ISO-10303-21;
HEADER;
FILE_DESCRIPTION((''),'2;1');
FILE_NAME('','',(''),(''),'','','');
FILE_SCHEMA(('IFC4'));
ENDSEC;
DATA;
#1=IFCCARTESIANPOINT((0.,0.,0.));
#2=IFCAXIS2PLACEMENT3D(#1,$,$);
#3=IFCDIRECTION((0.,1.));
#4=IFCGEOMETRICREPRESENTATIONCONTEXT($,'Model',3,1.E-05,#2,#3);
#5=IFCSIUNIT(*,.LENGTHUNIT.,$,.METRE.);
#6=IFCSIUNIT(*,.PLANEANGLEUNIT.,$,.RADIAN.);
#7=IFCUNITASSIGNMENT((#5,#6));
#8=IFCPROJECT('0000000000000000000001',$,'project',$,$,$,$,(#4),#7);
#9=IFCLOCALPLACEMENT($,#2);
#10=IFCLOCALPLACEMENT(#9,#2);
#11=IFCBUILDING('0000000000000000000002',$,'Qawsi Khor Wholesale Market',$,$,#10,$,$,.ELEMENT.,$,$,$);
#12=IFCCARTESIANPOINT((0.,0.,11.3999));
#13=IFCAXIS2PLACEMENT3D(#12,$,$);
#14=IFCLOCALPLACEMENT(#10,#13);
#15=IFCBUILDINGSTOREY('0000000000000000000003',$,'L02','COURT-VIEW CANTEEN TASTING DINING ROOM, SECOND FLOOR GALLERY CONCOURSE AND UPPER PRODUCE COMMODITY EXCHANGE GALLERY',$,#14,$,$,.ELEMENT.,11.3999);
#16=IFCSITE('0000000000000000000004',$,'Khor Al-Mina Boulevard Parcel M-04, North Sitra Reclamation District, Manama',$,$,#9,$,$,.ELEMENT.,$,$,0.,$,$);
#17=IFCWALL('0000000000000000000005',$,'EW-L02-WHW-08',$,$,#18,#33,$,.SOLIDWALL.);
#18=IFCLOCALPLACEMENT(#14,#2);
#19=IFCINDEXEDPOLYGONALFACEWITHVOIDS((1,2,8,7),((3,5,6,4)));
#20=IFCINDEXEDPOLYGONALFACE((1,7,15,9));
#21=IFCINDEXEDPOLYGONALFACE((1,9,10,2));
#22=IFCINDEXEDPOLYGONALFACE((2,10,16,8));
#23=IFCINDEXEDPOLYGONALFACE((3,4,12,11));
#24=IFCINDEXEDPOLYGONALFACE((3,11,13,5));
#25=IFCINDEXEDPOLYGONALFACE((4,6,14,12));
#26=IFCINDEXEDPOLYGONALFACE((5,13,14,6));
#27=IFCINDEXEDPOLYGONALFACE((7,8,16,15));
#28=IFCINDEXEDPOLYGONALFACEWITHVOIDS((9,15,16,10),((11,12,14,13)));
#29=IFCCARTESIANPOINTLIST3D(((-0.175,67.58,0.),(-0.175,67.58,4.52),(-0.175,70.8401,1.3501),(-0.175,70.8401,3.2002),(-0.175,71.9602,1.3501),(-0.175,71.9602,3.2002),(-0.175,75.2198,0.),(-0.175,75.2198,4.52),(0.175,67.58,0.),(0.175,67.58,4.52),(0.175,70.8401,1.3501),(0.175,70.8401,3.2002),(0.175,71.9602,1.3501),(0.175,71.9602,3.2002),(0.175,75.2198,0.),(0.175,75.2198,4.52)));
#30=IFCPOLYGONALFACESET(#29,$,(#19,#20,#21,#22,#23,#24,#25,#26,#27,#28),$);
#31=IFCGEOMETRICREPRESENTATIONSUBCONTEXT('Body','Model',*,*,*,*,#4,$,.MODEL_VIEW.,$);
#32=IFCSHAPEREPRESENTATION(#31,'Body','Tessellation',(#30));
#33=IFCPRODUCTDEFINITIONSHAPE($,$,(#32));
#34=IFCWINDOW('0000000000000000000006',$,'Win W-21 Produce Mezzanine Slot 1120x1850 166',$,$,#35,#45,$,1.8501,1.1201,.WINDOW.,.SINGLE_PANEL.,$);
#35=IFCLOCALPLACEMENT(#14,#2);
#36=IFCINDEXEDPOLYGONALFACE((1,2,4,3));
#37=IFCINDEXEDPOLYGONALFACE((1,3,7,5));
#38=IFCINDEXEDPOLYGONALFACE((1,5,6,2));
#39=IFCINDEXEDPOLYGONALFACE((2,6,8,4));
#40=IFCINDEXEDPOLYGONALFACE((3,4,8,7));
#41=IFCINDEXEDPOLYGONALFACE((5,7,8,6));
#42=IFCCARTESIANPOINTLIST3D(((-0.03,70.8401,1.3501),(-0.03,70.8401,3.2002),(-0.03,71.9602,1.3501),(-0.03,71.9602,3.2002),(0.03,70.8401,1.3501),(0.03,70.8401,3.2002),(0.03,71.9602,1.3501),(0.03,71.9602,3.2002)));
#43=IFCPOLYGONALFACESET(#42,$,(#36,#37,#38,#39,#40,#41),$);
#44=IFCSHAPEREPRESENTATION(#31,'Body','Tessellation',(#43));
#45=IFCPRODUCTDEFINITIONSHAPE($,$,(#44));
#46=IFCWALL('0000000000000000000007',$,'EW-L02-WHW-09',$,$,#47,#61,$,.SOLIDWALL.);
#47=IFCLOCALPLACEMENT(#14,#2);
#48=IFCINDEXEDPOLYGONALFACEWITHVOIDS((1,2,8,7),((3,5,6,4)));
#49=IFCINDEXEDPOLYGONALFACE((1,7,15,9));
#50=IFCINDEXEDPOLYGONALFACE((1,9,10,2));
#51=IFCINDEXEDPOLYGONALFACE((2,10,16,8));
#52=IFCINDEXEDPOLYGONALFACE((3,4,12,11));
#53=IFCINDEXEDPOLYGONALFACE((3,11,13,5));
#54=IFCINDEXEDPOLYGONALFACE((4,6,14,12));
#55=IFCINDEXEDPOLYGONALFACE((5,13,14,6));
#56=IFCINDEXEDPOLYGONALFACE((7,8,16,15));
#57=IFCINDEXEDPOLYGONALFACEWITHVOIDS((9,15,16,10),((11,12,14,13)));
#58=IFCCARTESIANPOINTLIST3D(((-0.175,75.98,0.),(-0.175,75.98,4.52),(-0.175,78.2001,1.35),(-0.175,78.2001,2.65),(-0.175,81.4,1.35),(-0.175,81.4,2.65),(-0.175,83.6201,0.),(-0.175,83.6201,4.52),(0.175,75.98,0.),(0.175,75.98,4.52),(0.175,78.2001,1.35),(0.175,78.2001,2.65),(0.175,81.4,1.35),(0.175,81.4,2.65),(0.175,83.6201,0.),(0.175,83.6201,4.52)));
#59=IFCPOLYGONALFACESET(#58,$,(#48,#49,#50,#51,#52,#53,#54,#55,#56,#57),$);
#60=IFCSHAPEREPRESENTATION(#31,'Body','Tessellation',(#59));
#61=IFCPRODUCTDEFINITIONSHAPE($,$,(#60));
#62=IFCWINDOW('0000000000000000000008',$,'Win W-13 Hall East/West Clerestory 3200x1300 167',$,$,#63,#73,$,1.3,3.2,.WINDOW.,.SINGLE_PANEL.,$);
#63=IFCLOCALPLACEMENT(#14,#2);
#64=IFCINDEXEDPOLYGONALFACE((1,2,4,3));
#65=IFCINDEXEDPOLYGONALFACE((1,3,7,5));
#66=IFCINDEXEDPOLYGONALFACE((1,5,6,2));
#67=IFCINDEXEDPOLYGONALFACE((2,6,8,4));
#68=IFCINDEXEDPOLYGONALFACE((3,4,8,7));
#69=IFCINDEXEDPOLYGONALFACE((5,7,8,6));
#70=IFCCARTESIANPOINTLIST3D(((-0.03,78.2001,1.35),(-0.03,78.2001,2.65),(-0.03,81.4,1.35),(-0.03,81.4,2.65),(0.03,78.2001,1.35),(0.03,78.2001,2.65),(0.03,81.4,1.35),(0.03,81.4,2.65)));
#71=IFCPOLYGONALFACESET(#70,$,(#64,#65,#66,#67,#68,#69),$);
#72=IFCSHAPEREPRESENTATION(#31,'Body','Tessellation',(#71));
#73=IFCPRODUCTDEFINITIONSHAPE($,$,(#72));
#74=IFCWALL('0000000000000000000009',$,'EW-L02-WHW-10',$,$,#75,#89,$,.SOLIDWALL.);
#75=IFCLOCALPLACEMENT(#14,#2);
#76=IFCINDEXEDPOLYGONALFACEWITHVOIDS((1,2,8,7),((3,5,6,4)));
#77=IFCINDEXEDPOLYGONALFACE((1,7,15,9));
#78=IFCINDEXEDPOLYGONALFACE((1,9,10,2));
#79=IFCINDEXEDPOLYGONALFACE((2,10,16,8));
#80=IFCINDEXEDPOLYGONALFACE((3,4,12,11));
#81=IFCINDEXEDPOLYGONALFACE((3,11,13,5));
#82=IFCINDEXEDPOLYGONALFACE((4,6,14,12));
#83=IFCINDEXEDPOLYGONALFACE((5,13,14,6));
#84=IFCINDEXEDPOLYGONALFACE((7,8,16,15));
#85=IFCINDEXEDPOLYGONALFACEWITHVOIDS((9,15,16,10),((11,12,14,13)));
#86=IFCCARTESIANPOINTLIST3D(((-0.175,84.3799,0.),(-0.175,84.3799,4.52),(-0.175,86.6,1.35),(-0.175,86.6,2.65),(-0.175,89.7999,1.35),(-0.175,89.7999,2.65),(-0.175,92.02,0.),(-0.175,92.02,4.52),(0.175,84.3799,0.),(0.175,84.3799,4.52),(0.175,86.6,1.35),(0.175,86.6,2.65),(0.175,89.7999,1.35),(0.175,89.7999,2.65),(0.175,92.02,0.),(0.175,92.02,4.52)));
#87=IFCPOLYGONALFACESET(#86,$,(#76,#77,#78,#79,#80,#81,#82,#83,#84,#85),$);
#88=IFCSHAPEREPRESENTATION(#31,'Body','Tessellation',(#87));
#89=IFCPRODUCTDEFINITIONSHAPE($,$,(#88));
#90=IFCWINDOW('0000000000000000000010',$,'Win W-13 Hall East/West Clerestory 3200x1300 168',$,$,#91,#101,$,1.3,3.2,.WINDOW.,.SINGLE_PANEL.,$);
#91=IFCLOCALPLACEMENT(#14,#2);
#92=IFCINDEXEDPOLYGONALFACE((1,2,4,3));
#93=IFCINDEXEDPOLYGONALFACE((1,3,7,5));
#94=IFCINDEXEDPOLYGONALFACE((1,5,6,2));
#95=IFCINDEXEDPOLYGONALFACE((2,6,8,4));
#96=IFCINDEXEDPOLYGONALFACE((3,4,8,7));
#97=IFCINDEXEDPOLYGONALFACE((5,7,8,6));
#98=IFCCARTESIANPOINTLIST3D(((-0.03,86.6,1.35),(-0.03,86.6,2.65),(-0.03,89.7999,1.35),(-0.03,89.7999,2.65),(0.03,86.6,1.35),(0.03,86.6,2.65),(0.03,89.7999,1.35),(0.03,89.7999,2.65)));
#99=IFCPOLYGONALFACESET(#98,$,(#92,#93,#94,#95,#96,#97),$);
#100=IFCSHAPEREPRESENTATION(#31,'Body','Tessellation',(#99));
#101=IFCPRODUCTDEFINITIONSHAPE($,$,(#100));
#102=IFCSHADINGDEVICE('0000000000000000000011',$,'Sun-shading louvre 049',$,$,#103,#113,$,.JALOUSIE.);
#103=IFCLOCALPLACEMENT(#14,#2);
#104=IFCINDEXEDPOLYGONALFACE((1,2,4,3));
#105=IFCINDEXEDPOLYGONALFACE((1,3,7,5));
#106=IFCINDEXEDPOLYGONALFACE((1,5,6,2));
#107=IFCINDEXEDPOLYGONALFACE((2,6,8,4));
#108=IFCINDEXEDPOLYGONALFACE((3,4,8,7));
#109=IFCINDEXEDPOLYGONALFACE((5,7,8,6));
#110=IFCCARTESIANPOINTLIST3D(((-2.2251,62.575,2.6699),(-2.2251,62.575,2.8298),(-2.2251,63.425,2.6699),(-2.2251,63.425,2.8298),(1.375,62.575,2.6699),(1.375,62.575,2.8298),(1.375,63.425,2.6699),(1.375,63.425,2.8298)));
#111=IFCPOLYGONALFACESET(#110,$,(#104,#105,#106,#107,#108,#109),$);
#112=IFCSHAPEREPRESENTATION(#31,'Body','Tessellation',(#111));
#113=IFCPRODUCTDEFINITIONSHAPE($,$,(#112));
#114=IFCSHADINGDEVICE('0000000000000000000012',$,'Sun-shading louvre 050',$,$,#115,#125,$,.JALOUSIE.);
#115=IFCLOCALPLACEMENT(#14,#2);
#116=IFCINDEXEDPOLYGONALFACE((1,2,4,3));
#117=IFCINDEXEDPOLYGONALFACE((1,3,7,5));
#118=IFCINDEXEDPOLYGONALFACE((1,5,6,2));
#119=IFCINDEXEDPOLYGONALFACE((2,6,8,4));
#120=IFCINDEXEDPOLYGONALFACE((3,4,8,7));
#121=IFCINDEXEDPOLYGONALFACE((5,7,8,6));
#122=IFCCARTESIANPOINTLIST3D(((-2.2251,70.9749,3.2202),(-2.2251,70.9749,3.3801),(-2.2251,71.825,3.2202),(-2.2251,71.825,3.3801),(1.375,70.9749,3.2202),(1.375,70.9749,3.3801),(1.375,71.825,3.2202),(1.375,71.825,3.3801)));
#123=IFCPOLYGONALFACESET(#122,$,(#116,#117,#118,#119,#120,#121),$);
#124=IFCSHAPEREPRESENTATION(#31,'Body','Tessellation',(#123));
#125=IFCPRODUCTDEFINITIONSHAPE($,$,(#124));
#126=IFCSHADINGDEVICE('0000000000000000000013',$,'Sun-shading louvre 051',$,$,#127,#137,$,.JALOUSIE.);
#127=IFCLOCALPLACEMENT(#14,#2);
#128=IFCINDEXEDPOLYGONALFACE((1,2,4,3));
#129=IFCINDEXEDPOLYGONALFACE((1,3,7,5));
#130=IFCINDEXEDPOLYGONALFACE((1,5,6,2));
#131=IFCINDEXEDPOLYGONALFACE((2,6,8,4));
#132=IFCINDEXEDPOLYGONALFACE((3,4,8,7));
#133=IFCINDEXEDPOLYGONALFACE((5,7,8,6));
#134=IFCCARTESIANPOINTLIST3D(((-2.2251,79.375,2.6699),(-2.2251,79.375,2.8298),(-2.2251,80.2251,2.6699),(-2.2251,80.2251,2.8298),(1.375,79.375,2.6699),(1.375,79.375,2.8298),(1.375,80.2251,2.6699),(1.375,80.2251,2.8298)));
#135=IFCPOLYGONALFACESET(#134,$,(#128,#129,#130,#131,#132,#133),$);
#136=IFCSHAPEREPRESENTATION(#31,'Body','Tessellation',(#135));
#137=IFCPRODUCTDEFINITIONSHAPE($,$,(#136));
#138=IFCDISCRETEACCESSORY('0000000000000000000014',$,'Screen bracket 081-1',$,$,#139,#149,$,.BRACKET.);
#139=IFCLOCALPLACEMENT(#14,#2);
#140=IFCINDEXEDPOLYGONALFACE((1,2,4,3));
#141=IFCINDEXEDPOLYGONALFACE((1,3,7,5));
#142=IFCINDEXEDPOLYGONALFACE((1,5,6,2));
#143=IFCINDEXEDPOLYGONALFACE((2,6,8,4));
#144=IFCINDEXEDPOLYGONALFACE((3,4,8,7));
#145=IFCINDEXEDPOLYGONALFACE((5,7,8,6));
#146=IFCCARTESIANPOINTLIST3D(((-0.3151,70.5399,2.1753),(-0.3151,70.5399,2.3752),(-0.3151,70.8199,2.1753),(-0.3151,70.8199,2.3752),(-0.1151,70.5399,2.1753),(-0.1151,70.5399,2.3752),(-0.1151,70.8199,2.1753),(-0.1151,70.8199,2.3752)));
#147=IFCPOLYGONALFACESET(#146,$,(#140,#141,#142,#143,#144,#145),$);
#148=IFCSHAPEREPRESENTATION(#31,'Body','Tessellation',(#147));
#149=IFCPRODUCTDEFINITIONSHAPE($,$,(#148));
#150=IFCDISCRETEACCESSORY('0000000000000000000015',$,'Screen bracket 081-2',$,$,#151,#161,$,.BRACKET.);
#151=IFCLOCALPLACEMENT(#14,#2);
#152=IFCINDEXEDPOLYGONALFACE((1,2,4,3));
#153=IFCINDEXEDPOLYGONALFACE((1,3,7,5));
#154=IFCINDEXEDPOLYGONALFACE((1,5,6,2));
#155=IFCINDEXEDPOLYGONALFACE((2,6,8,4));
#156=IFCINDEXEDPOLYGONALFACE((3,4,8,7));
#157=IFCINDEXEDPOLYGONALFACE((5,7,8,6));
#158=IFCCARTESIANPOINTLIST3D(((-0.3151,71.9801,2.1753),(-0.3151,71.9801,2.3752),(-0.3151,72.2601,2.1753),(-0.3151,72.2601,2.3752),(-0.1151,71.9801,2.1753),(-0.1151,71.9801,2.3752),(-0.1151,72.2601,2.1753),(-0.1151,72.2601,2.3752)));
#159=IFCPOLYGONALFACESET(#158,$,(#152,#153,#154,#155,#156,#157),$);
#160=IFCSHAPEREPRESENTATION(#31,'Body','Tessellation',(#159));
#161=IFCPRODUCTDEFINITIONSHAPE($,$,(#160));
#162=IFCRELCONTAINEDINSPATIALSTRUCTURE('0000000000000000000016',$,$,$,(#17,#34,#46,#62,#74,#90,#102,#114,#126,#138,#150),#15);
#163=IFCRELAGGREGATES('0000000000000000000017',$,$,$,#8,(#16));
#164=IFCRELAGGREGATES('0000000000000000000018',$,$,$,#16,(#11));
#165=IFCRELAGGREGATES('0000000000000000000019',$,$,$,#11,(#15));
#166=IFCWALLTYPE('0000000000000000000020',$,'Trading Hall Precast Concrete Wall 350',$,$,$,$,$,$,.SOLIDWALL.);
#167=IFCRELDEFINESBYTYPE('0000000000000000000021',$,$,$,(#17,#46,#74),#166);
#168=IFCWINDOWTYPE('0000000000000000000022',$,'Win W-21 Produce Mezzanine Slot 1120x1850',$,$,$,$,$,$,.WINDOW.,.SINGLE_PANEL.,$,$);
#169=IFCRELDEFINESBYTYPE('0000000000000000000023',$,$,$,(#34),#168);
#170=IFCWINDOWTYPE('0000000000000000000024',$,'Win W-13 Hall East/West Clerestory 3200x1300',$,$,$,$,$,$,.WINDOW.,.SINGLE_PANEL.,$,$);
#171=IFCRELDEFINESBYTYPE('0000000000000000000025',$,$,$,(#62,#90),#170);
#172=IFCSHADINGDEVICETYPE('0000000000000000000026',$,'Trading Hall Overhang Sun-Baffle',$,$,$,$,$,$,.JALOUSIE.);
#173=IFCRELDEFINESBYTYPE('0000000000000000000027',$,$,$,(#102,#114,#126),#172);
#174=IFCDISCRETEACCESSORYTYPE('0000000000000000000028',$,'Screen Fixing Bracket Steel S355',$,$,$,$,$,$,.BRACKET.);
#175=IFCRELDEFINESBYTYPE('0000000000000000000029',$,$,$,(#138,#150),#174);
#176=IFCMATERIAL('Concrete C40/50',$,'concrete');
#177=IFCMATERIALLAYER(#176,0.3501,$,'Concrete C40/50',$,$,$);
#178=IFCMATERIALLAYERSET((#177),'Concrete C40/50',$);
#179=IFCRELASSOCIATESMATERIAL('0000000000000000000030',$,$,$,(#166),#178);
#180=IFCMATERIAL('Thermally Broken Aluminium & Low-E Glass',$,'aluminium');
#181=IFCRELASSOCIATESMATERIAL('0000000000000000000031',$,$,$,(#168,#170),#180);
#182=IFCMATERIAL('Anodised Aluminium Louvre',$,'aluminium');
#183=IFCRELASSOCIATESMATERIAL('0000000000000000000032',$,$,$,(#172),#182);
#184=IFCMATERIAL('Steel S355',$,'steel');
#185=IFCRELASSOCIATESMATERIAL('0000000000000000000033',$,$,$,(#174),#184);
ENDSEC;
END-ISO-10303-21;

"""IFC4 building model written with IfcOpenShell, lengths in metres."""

from ifc_helpers import new_model, si_unit, direction, frame, frame_2d, origin, origin_2d, place, context, subcontext, project, spatial, rectangle, extrude, material, layer, layer_set, type_object, element, fill, save


model = new_model("IFC4")

# Units and contexts
model_context = context("Model", 3, precision=1e-05, world=origin(), true_north=direction((0.0, 1.0)))
body_context = subcontext(model_context, "Body", "Model", "MODEL_VIEW")
ifc_project = project(units=[si_unit("LENGTHUNIT", "METRE"), si_unit("PLANEANGLEUNIT", "RADIAN")], contexts=[model_context])

# Site, building, storey
site_placement = place(None, origin())
site = spatial("IfcSite", under=ifc_project, at=site_placement, Name="Khor Al-Mina Boulevard Parcel M-04, North Sitra Reclamation District, Manama", CompositionType="ELEMENT", RefElevation=0.0)
building_placement = place(site_placement, origin())
building = spatial("IfcBuilding", under=site, at=building_placement, Name="Qawsi Khor Wholesale Market", CompositionType="ELEMENT")
storey_placement = place(building_placement, frame((0.0, 0.0, 11.3999)))
storey = spatial("IfcBuildingStorey", under=building, at=storey_placement, Name="L02", Description="COURT-VIEW CANTEEN TASTING DINING ROOM, SECOND FLOOR GALLERY CONCOURSE AND UPPER PRODUCE COMMODITY EXCHANGE GALLERY", CompositionType="ELEMENT", Elevation=11.3999)

# Shared definitions
ifc_material_1 = material(Name="Concrete C40/50", Category="concrete")

# Shared definitions
ifc_material_2 = material(Name="Steel S355", Category="steel")

# Walls, openings, windows
ifc_layer_1 = layer(ifc_material_1, 0.3501, Name="Concrete C40/50")
ifc_layer_set_1 = layer_set([ifc_layer_1], Name="Concrete C40/50")
wall_type = type_object("IfcWallType", Name="Trading Hall Precast Concrete Wall 350", PredefinedType="SOLIDWALL", material=ifc_layer_set_1)
wall_1_placement = place(storey_placement, frame((0.0, 67.5801, 0.0), z_axis=(0.0, 0.0, 1.0), x_axis=(0.0, 1.0, 0.0)))
wall_1 = element("IfcWall", 1, at=wall_1_placement, inside=storey, type_object=wall_type, Name="EW-L02-WHW-08", PredefinedType="SOLIDWALL", context=body_context, shape_type="SweptSolid", body=[
    extrude(rectangle(XDim=7.6399, YDim=0.3501, at=frame_2d((3.8198, 0.0))), origin(), (0.0, 0.0, 1.0), 4.52),
])
opening_1_placement = place(wall_1_placement, frame((3.26, 0.0, 1.3501)))
opening_1 = element("IfcOpeningElement", 2, at=opening_1_placement, cuts=wall_1, PredefinedType="OPENING", context=body_context, shape_type="SweptSolid", body=[
    extrude(rectangle(XDim=1.1201, YDim=1.8501, at=frame_2d((0.5601, 0.925))), frame((0.0, 0.1851, 0.0), z_axis=(0.0, -1.0, 0.0), x_axis=(1.0, 0.0, 0.0)), (0.0, 0.0, 1.0), 0.3701),
])
ifc_material_3 = material(Name="Thermally Broken Aluminium & Low-E Glass", Category="aluminium")
window_type_1 = type_object("IfcWindowType", Name="Win W-21 Produce Mezzanine Slot 1120x1850", PartitioningType="SINGLE_PANEL", PredefinedType="WINDOW", material=ifc_material_3)
window_1_placement = place(opening_1_placement, origin())
window_1 = element("IfcWindow", 3, at=window_1_placement, inside=storey, type_object=window_type_1, Name="Win W-21 Produce Mezzanine Slot 1120x1850 166", OverallHeight=1.8501, OverallWidth=1.1201, PartitioningType="SINGLE_PANEL", PredefinedType="WINDOW", context=body_context, shape_type="SweptSolid", body=[
    extrude(rectangle(XDim=1.1201, YDim=1.8501, at=frame_2d((0.5601, 0.925))), frame((0.0, 0.03, 0.0), z_axis=(0.0, -1.0, 0.0), x_axis=(1.0, 0.0, 0.0)), (0.0, 0.0, 1.0), 0.0601),
])
fill(opening_1, window_1)
wall_2_placement = place(storey_placement, frame((0.0, 75.98, 0.0), z_axis=(0.0, 0.0, 1.0), x_axis=(0.0, 1.0, 0.0)))
wall_2 = element("IfcWall", 4, at=wall_2_placement, inside=storey, type_object=wall_type, Name="EW-L02-WHW-09", PredefinedType="SOLIDWALL", context=body_context, shape_type="SweptSolid", body=[
    extrude(rectangle(XDim=7.6401, YDim=0.3501, at=frame_2d((3.8201, 0.0))), origin(), (0.0, 0.0, 1.0), 4.52),
])
opening_2_placement = place(wall_2_placement, frame((2.22, 0.0, 1.3501)))
opening_2 = element("IfcOpeningElement", 5, at=opening_2_placement, cuts=wall_2, PredefinedType="OPENING", context=body_context, shape_type="SweptSolid", body=[
    extrude(rectangle(XDim=3.2, YDim=1.3, at=frame_2d((1.6001, 0.6499))), frame((0.0, 0.1851, 0.0), z_axis=(0.0, -1.0, 0.0), x_axis=(1.0, 0.0, 0.0)), (0.0, 0.0, 1.0), 0.3701),
])
window_type_2 = type_object("IfcWindowType", Name="Win W-13 Hall East/West Clerestory 3200x1300", PartitioningType="SINGLE_PANEL", PredefinedType="WINDOW", material=ifc_material_3)
window_2_placement = place(opening_2_placement, origin())
window_2 = element("IfcWindow", 6, at=window_2_placement, inside=storey, type_object=window_type_2, Name="Win W-13 Hall East/West Clerestory 3200x1300 167", OverallHeight=1.3, OverallWidth=3.2, PartitioningType="SINGLE_PANEL", PredefinedType="WINDOW", context=body_context, shape_type="SweptSolid", body=[
    extrude(rectangle(XDim=3.2, YDim=1.3, at=frame_2d((1.6001, 0.6499))), frame((0.0, 0.03, 0.0), z_axis=(0.0, -1.0, 0.0), x_axis=(1.0, 0.0, 0.0)), (0.0, 0.0, 1.0), 0.0601),
])
fill(opening_2, window_2)
wall_3_placement = place(storey_placement, frame((0.0, 84.3799, 0.0), z_axis=(0.0, 0.0, 1.0), x_axis=(0.0, 1.0, 0.0)))
wall_3 = element("IfcWall", 7, at=wall_3_placement, inside=storey, type_object=wall_type, Name="EW-L02-WHW-10", PredefinedType="SOLIDWALL", context=body_context, shape_type="SweptSolid", body=[
    extrude(rectangle(XDim=7.6401, YDim=0.3501, at=frame_2d((3.8201, 0.0))), origin(), (0.0, 0.0, 1.0), 4.52),
])
opening_3_placement = place(wall_3_placement, frame((2.22, 0.0, 1.3501)))
opening_3 = element("IfcOpeningElement", 8, at=opening_3_placement, cuts=wall_3, PredefinedType="OPENING", context=body_context, shape_type="SweptSolid", body=[
    extrude(rectangle(XDim=3.2, YDim=1.3, at=frame_2d((1.6001, 0.6499))), frame((0.0, 0.1851, 0.0), z_axis=(0.0, -1.0, 0.0), x_axis=(1.0, 0.0, 0.0)), (0.0, 0.0, 1.0), 0.3701),
])
window_3_placement = place(opening_3_placement, origin())
window_3 = element("IfcWindow", 9, at=window_3_placement, inside=storey, type_object=window_type_2, Name="Win W-13 Hall East/West Clerestory 3200x1300 168", OverallHeight=1.3, OverallWidth=3.2, PartitioningType="SINGLE_PANEL", PredefinedType="WINDOW", context=body_context, shape_type="SweptSolid", body=[
    extrude(rectangle(XDim=3.2, YDim=1.3, at=frame_2d((1.6001, 0.6499))), frame((0.0, 0.03, 0.0), z_axis=(0.0, -1.0, 0.0), x_axis=(1.0, 0.0, 0.0)), (0.0, 0.0, 1.0), 0.0601),
])
fill(opening_3, window_3)

# Shading devices
ifc_material_4 = material(Name="Anodised Aluminium Louvre", Category="aluminium")
shading_device_type = type_object("IfcShadingDeviceType", Name="Trading Hall Overhang Sun-Baffle", PredefinedType="JALOUSIE", material=ifc_material_4)
for number, where, z_axis, x_axis, name in (
    (10, (-0.425, 63.0, 2.6699), (0.0, 0.0, 1.0), (1.0, 0.0, 0.0), "Sun-shading louvre 049"),
    (11, (-0.425, 71.3999, 3.2202), (0.0, 0.0, 1.0), (1.0, 0.0, 0.0), "Sun-shading louvre 050"),
    (12, (-0.425, 79.8, 2.6699), (0.0, 0.0, 1.0), (1.0, 0.0, 0.0), "Sun-shading louvre 051"),
):
    element("IfcShadingDevice", number, at=place(storey_placement, frame(where, z_axis=z_axis, x_axis=x_axis)), inside=storey, type_object=shading_device_type, Name=name, PredefinedType="JALOUSIE", context=body_context, shape_type="SweptSolid", body=[
        extrude(rectangle(XDim=3.6001, YDim=0.8501, at=origin_2d()), origin(), (0.0, 0.0, 1.0), 0.1599),
    ])

# Discrete accessories
discrete_accessory_type = type_object("IfcDiscreteAccessoryType", Name="Screen Fixing Bracket Steel S355", PredefinedType="BRACKET", material=ifc_material_2)
for number, where, z_axis, x_axis, name in (
    (13, (-0.2151, 70.6799, 2.1753), (0.0, 0.0, 1.0), (1.0, 0.0, 0.0), "Screen bracket 081-1"),
    (14, (-0.2151, 72.1201, 2.1753), (0.0, 0.0, 1.0), (1.0, 0.0, 0.0), "Screen bracket 081-2"),
):
    element("IfcDiscreteAccessory", number, at=place(storey_placement, frame(where, z_axis=z_axis, x_axis=x_axis)), inside=storey, type_object=discrete_accessory_type, Name=name, PredefinedType="BRACKET", context=body_context, shape_type="SweptSolid", body=[
        extrude(rectangle(XDim=0.2, YDim=0.28, at=origin_2d()), origin(), (0.0, 0.0, 1.0), 0.2),
    ])

save(model, "model.ifc")
